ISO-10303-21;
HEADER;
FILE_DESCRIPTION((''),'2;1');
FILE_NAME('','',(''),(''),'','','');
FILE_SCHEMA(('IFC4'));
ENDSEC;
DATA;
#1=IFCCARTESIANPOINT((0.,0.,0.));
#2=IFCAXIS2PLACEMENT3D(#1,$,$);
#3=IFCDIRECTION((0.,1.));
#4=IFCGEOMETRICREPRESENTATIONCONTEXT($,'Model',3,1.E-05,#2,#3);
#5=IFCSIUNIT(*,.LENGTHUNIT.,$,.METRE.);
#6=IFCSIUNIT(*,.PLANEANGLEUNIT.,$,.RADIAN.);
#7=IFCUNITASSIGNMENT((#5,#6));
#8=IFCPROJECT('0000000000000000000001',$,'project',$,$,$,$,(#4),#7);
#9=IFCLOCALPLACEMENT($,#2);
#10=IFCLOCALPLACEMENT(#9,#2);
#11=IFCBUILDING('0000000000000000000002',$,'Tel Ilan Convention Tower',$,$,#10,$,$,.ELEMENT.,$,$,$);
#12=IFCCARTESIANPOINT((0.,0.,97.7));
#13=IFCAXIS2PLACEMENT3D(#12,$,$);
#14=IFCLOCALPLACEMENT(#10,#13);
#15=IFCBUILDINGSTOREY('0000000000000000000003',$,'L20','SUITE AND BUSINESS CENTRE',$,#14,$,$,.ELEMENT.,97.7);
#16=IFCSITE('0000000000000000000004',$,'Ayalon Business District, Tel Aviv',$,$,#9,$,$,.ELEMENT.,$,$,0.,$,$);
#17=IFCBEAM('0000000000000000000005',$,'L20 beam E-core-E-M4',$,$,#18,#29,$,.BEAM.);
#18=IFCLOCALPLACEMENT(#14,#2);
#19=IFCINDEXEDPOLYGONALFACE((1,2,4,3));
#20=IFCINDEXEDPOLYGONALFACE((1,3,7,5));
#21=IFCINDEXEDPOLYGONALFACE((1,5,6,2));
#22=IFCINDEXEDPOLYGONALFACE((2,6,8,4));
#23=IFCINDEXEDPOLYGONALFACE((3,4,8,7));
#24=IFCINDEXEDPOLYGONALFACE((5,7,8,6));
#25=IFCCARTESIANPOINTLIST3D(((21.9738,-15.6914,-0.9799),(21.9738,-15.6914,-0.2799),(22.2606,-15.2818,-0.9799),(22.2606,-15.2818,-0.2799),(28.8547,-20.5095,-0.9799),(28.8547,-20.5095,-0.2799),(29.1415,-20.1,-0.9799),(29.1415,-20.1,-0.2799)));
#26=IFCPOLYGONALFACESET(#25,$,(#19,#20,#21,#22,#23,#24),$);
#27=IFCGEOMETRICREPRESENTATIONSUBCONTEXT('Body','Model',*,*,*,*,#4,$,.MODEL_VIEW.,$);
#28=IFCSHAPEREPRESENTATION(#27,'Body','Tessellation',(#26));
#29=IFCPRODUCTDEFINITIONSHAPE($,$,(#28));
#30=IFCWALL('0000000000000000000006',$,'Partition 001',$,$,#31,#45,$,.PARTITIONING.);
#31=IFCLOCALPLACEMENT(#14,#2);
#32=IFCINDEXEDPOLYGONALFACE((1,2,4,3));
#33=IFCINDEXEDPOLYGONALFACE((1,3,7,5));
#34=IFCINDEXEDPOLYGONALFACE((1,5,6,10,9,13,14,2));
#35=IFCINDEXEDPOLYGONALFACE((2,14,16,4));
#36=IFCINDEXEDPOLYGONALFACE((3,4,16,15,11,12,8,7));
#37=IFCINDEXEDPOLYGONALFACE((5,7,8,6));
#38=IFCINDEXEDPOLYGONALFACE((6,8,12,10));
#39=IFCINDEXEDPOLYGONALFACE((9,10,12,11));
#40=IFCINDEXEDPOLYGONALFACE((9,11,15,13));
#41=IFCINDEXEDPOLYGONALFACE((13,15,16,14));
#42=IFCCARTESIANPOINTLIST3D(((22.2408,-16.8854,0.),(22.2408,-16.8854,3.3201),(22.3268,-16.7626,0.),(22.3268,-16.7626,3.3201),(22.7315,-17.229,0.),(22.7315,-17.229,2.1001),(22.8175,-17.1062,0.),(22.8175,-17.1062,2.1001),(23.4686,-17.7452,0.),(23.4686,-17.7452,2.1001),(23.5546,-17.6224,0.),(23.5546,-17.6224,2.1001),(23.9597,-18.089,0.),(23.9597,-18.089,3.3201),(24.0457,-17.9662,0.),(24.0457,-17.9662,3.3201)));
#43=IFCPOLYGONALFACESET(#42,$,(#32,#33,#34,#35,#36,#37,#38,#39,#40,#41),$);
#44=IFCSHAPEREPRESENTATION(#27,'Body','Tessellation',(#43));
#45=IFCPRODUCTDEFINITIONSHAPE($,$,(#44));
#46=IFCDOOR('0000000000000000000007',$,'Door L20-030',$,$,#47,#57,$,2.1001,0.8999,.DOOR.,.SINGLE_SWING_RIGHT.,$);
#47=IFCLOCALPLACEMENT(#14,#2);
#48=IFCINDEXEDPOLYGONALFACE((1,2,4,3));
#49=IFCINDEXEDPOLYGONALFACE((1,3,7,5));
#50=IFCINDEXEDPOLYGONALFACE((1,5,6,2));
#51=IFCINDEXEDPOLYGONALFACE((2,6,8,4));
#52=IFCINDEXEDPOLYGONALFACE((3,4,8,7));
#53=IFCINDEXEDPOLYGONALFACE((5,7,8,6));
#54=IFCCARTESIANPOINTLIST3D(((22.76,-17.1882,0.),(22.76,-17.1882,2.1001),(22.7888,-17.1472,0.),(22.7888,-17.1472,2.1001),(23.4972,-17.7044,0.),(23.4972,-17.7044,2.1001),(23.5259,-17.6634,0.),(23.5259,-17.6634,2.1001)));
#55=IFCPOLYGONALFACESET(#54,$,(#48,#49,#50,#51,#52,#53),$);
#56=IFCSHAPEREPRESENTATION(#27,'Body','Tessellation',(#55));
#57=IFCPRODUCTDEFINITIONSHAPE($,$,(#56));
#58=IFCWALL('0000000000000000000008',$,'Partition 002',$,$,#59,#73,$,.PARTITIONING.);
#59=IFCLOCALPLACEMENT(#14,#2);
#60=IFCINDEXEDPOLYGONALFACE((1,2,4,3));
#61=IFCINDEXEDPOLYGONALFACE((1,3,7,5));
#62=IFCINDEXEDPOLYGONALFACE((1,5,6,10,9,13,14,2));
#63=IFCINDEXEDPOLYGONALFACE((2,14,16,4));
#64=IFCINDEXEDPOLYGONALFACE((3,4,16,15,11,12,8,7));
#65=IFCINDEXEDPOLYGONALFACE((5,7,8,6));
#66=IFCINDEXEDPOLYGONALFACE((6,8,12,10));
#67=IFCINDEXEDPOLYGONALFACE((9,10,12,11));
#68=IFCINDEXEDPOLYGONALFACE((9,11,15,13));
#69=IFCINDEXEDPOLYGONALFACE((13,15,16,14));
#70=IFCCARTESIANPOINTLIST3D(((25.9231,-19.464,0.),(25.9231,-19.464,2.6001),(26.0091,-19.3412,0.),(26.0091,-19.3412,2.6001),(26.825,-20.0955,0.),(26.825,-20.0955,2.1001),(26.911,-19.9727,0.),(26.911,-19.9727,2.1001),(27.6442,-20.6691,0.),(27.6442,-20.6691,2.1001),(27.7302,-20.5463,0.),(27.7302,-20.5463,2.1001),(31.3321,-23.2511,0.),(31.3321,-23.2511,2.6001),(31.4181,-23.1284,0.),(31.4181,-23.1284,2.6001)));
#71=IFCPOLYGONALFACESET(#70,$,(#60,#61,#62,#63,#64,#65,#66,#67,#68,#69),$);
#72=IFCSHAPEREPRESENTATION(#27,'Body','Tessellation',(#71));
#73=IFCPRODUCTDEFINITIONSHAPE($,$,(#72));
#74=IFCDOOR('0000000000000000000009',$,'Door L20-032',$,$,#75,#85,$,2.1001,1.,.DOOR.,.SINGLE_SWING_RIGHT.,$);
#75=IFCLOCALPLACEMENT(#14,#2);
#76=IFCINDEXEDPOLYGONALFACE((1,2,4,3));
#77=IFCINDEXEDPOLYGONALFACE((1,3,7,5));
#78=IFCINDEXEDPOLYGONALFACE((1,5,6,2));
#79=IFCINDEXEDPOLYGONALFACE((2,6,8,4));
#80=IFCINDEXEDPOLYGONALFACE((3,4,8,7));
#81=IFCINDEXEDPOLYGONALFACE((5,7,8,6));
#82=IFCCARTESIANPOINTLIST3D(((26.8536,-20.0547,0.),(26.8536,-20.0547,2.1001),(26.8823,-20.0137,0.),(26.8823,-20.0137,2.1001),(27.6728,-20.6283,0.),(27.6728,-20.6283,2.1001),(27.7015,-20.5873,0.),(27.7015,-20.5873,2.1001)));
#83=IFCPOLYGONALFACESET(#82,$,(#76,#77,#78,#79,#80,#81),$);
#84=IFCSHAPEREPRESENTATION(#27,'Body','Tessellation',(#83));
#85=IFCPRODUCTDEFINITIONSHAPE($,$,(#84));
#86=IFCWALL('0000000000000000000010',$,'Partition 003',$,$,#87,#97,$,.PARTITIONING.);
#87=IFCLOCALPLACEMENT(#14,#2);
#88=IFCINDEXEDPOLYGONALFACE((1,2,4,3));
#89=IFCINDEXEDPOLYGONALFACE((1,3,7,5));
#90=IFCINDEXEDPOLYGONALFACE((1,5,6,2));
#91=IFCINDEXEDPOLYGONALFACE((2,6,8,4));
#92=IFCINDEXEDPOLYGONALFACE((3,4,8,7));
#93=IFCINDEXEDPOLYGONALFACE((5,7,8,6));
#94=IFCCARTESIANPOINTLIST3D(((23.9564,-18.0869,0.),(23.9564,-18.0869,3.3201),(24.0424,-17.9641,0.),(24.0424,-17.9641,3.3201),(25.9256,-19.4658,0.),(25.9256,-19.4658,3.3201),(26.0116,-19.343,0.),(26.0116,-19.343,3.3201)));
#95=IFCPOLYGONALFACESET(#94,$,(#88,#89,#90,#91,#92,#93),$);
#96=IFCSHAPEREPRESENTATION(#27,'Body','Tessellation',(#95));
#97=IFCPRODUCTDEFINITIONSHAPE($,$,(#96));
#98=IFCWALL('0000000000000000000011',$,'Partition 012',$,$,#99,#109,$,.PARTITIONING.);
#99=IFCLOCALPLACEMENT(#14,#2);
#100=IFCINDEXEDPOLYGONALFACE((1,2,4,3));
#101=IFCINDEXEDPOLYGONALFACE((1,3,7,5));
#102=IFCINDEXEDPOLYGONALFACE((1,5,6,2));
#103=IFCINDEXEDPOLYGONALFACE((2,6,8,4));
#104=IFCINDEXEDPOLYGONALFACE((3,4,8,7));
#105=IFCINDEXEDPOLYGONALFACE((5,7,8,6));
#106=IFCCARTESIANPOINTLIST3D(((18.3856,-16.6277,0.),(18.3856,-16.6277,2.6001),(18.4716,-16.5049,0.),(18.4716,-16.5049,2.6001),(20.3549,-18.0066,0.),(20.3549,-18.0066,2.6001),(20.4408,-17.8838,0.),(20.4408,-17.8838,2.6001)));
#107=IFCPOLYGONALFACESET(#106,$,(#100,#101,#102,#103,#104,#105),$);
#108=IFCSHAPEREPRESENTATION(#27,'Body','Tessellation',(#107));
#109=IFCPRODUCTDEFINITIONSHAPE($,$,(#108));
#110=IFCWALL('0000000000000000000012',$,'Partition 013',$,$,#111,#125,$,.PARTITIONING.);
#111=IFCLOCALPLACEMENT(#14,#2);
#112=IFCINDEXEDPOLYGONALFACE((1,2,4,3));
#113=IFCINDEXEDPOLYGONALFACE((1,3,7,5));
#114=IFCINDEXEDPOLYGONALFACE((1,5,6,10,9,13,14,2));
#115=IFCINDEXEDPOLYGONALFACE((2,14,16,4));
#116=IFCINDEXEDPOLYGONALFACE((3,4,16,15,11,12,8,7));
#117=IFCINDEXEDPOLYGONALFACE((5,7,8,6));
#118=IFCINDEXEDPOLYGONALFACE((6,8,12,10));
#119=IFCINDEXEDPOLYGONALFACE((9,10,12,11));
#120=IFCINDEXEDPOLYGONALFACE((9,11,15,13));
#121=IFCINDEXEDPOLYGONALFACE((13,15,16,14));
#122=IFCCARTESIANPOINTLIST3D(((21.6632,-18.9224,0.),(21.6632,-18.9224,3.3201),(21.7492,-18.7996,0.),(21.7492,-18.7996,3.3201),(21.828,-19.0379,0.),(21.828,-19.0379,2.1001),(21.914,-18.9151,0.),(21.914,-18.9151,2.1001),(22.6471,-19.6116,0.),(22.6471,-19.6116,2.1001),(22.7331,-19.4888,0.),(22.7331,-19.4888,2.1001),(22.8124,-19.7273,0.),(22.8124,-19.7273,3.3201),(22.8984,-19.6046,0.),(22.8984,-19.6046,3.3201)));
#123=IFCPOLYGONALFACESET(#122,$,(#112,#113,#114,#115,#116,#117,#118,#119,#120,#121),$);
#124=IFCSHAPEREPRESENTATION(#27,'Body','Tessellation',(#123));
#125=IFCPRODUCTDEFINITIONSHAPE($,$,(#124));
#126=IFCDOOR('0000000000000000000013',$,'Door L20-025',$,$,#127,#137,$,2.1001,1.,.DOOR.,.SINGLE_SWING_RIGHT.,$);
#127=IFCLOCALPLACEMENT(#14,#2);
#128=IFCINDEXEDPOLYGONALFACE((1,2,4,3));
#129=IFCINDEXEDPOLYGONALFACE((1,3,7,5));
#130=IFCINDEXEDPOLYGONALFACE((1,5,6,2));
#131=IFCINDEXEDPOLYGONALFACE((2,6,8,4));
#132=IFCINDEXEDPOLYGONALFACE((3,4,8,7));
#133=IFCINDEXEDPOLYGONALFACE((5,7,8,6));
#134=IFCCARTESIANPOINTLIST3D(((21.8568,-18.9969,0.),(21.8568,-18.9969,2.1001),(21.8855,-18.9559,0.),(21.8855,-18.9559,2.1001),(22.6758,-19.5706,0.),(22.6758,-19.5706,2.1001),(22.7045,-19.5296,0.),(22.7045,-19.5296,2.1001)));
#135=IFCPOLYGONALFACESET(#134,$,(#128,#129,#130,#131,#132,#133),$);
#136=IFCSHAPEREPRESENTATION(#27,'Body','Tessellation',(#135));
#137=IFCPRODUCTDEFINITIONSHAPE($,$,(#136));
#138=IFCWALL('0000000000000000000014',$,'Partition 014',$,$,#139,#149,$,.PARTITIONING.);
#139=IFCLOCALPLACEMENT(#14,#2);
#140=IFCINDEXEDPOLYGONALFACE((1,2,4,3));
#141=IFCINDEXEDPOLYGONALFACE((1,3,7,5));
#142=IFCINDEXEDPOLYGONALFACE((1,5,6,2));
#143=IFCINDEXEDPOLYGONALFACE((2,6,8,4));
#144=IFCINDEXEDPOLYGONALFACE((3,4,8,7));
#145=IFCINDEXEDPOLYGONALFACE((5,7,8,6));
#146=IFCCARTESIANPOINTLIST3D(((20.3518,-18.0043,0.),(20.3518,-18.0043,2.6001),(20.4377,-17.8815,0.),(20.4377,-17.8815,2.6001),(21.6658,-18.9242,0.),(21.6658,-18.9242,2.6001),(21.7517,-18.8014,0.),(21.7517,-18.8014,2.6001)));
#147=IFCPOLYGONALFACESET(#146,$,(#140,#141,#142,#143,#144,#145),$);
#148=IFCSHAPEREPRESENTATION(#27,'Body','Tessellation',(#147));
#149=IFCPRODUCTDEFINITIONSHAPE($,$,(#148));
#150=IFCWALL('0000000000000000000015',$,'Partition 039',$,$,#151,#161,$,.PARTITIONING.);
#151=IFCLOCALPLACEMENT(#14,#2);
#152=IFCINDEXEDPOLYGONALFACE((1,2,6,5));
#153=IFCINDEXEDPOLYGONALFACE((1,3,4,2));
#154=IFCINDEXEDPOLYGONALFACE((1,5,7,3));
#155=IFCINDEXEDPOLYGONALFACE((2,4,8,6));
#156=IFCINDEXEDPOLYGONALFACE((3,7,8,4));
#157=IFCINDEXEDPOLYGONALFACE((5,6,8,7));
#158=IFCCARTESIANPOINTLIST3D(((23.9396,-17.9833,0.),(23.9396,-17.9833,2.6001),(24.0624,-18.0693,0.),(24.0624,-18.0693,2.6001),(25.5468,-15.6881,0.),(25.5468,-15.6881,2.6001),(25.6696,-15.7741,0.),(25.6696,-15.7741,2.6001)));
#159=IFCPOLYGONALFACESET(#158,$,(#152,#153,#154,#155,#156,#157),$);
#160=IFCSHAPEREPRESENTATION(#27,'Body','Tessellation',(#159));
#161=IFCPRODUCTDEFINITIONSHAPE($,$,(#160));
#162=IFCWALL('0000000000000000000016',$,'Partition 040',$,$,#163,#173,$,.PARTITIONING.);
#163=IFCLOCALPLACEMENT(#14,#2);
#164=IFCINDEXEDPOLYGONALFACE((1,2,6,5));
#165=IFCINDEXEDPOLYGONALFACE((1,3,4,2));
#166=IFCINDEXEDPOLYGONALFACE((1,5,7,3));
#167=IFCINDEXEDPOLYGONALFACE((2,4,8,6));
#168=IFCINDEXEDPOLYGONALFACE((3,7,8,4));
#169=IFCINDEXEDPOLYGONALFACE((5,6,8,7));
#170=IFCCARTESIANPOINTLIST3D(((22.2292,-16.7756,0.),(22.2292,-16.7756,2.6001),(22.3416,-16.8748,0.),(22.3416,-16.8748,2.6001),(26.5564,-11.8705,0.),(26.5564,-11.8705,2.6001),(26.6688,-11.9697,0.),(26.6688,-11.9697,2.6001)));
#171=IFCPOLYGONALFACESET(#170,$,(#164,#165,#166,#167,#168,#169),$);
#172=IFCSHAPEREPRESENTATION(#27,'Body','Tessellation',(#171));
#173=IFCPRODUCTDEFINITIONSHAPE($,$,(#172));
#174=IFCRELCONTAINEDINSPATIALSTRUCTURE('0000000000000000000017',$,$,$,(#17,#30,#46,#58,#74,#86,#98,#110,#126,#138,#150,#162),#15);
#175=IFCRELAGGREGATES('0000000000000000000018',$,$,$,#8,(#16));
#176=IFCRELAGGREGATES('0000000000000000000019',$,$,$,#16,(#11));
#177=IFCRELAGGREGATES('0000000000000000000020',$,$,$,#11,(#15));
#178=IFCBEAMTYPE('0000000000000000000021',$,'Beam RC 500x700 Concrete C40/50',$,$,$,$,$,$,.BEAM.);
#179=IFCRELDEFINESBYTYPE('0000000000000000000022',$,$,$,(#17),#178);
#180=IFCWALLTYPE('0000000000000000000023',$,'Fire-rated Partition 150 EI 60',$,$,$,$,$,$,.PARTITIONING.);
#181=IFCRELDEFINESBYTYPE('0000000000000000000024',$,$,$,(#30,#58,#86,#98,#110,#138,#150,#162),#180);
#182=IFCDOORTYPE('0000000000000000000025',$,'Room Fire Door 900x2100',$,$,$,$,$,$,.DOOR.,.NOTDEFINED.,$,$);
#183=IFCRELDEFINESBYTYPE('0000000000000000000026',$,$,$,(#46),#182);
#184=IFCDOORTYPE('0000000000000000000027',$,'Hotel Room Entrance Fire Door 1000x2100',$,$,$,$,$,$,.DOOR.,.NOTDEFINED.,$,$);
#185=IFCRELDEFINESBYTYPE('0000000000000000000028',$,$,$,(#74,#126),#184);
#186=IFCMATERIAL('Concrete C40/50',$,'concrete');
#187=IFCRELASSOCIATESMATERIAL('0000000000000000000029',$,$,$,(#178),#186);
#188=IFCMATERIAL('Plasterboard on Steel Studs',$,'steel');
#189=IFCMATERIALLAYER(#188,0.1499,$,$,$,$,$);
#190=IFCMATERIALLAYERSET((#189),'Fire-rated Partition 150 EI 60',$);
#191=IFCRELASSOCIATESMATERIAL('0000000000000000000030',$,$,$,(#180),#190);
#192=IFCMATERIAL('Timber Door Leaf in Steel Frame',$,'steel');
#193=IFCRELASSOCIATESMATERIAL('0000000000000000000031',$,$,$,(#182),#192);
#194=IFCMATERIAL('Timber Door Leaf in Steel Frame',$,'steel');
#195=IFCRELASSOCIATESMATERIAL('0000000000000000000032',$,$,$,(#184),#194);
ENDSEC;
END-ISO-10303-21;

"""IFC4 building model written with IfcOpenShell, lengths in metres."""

from ifc_helpers import new_model, si_unit, direction, frame, frame_2d, origin, origin_2d, place, context, subcontext, project, spatial, rectangle, extrude, material, layer, layer_set, material_profile, profile_set, type_object, element, fill, save


model = new_model("IFC4")

# Units and contexts
model_context = context("Model", 3, precision=1e-05, world=origin(), true_north=direction((0.0, 1.0)))
body_context = subcontext(model_context, "Body", "Model", "MODEL_VIEW")
ifc_project = project(units=[si_unit("LENGTHUNIT", "METRE"), si_unit("PLANEANGLEUNIT", "RADIAN")], contexts=[model_context])

# Site, building, storey
site_placement = place(None, origin())
site = spatial("IfcSite", under=ifc_project, at=site_placement, Name="Ayalon Business District, Tel Aviv", CompositionType="ELEMENT", RefElevation=0.0)
building_placement = place(site_placement, origin())
building = spatial("IfcBuilding", under=site, at=building_placement, Name="Tel Ilan Convention Tower", CompositionType="ELEMENT")
storey_placement = place(building_placement, frame((0.0, 0.0, 97.7)))
storey = spatial("IfcBuildingStorey", under=building, at=storey_placement, Name="L20", Description="SUITE AND BUSINESS CENTRE", CompositionType="ELEMENT", Elevation=97.7)

# Beam
ifc_material_1 = material(Name="Concrete C40/50", Category="concrete")
ifc_material_profile = material_profile(ifc_material_1, rectangle(XDim=0.5, YDim=0.7, at=origin_2d()), Name="RC 500x700")
ifc_profile_set = profile_set([ifc_material_profile], Name="Concrete C40/50")
beam_type = type_object("IfcBeamType", Name="Beam RC 500x700 Concrete C40/50", PredefinedType="BEAM", material=ifc_profile_set)
beam_placement = place(storey_placement, frame((22.1172, -15.4866, -0.6299), z_axis=(0.819147, -0.573583, 0.0), x_axis=(0.573583, 0.819147, 0.0)))
element("IfcBeam", 1, at=beam_placement, inside=storey, type_object=beam_type, Name="L20 beam E-core-E-M4", PredefinedType="BEAM", context=body_context, shape_type="SweptSolid", body=[
    extrude(rectangle(XDim=0.5, YDim=0.7, at=origin_2d()), origin(), (0.0, 0.0, 1.0), 8.4001),
])

# Walls, openings, doors
ifc_material_2 = material(Name="Plasterboard on Steel Studs", Category="steel")
ifc_layer_1 = layer(ifc_material_2, 0.1499)
ifc_layer_set_1 = layer_set([ifc_layer_1], Name="Fire-rated Partition 150 EI 60")
wall_type_1 = type_object("IfcWallType", Name="Fire-rated Partition 150 EI 60", PredefinedType="PARTITIONING", material=ifc_layer_set_1)
wall_1_placement = place(storey_placement, frame((22.2837, -16.824, 0.0), z_axis=(0.0, 0.0, 1.0), x_axis=(0.819161, -0.573564, 0.0)))
wall_1 = element("IfcWall", 2, at=wall_1_placement, inside=storey, type_object=wall_type_1, Name="Partition 001", PredefinedType="PARTITIONING", context=body_context, shape_type="SweptSolid", body=[
    extrude(rectangle(XDim=2.0984, YDim=0.1499, at=frame_2d((1.0493, 0.0))), origin(), (0.0, 0.0, 1.0), 3.3201),
])
opening_1_placement = place(wall_1_placement, frame((0.5991, 0.0, 0.0)))
opening_1 = element("IfcOpeningElement", 3, at=opening_1_placement, cuts=wall_1, PredefinedType="OPENING", context=body_context, shape_type="SweptSolid", body=[
    extrude(rectangle(XDim=0.8999, YDim=2.1001, at=frame_2d((0.45, 1.05))), frame((0.0, 0.085, 0.0), z_axis=(0.0, -1.0, 0.0), x_axis=(1.0, 0.0, 0.0)), (0.0, 0.0, 1.0), 0.1699),
])
ifc_material_3 = material(Name="Timber Door Leaf in Steel Frame", Category="steel")
door_type_1 = type_object("IfcDoorType", Name="Room Fire Door 900x2100", OperationType="NOTDEFINED", PredefinedType="DOOR", material=ifc_material_3)
door_1_placement = place(opening_1_placement, origin())
door_1 = element("IfcDoor", 4, at=door_1_placement, inside=storey, type_object=door_type_1, Name="Door L20-030", OperationType="SINGLE_SWING_RIGHT", OverallHeight=2.1001, OverallWidth=0.8999, PredefinedType="DOOR", context=body_context, shape_type="SweptSolid", body=[
    extrude(rectangle(XDim=0.8999, YDim=2.1001, at=frame_2d((0.45, 1.05))), frame((0.0, 0.0249, 0.0), z_axis=(0.0, -1.0, 0.0), x_axis=(1.0, 0.0, 0.0)), (0.0, 0.0, 1.0), 0.05),
])
fill(opening_1, door_1)
wall_2_placement = place(storey_placement, frame((25.9661, -19.4026, 0.0), z_axis=(0.0, 0.0, 1.0), x_axis=(0.819171, -0.573549, 0.0)))
wall_2 = element("IfcWall", 5, at=wall_2_placement, inside=storey, type_object=wall_type_1, Name="Partition 002", PredefinedType="PARTITIONING", context=body_context, shape_type="SweptSolid", body=[
    extrude(rectangle(XDim=6.603, YDim=0.1499, at=frame_2d((3.3015, 0.0))), origin(), (0.0, 0.0, 1.0), 2.6001),
])
opening_2_placement = place(wall_2_placement, frame((1.1011, 0.0, 0.0)))
opening_2 = element("IfcOpeningElement", 6, at=opening_2_placement, cuts=wall_2, PredefinedType="OPENING", context=body_context, shape_type="SweptSolid", body=[
    extrude(rectangle(XDim=1.0, YDim=2.1001, at=frame_2d((0.5, 1.05))), frame((0.0, 0.085, 0.0), z_axis=(0.0, -1.0, 0.0), x_axis=(1.0, 0.0, 0.0)), (0.0, 0.0, 1.0), 0.1699),
])
ifc_material_4 = material(Name="Timber Door Leaf in Steel Frame", Category="steel")
door_type_2 = type_object("IfcDoorType", Name="Hotel Room Entrance Fire Door 1000x2100", OperationType="NOTDEFINED", PredefinedType="DOOR", material=ifc_material_4)
door_2_placement = place(opening_2_placement, origin())
door_2 = element("IfcDoor", 7, at=door_2_placement, inside=storey, type_object=door_type_2, Name="Door L20-032", OperationType="SINGLE_SWING_RIGHT", OverallHeight=2.1001, OverallWidth=1.0, PredefinedType="DOOR", context=body_context, shape_type="SweptSolid", body=[
    extrude(rectangle(XDim=1.0, YDim=2.1001, at=frame_2d((0.5, 1.05))), frame((0.0, 0.0249, 0.0), z_axis=(0.0, -1.0, 0.0), x_axis=(1.0, 0.0, 0.0)), (0.0, 0.0, 1.0), 0.05),
])
fill(opening_2, door_2)

# Walls
wall_3_placement = place(storey_placement, frame((23.9993, -18.0254, 0.0), z_axis=(0.0, 0.0, 1.0), x_axis=(0.819146, -0.573585, 0.0)))
element("IfcWall", 8, at=wall_3_placement, inside=storey, type_object=wall_type_1, Name="Partition 003", PredefinedType="PARTITIONING", context=body_context, shape_type="SweptSolid", body=[
    extrude(rectangle(XDim=2.4041, YDim=0.1499, at=frame_2d((1.2021, 0.0))), origin(), (0.0, 0.0, 1.0), 3.3201),
])
wall_4_placement = place(storey_placement, frame((20.3979, -17.9453, 0.0), z_axis=(0.0, 0.0, 1.0), x_axis=(-0.819146, 0.573585, 0.0)))
element("IfcWall", 9, at=wall_4_placement, inside=storey, type_object=wall_type_1, Name="Partition 012", PredefinedType="PARTITIONING", context=body_context, shape_type="SweptSolid", body=[
    extrude(rectangle(XDim=2.4041, YDim=0.1499, at=frame_2d((1.2021, 0.0))), origin(), (0.0, 0.0, 1.0), 2.6001),
])

# Wall, opening, door
wall_5_placement = place(storey_placement, frame((22.8555, -19.666, 0.0), z_axis=(0.0, 0.0, 1.0), x_axis=(-0.81906, 0.573708, 0.0)))
wall_5 = element("IfcWall", 10, at=wall_5_placement, inside=storey, type_object=wall_type_1, Name="Partition 013", PredefinedType="PARTITIONING", context=body_context, shape_type="SweptSolid", body=[
    extrude(rectangle(XDim=1.4031, YDim=0.1499, at=frame_2d((0.7017, 0.0))), origin(), (0.0, 0.0, 1.0), 3.3201),
])
opening_3_placement = place(wall_5_placement, frame((0.2019, 0.0, 0.0)))
opening_3 = element("IfcOpeningElement", 11, at=opening_3_placement, cuts=wall_5, PredefinedType="OPENING", context=body_context, shape_type="SweptSolid", body=[
    extrude(rectangle(XDim=1.0, YDim=2.1001, at=frame_2d((0.5, 1.05))), frame((0.0, 0.085, 0.0), z_axis=(0.0, -1.0, 0.0), x_axis=(1.0, 0.0, 0.0)), (0.0, 0.0, 1.0), 0.1699),
])
door_3_placement = place(opening_3_placement, origin())
door_3 = element("IfcDoor", 12, at=door_3_placement, inside=storey, type_object=door_type_2, Name="Door L20-025", OperationType="SINGLE_SWING_RIGHT", OverallHeight=2.1001, OverallWidth=1.0, PredefinedType="DOOR", context=body_context, shape_type="SweptSolid", body=[
    extrude(rectangle(XDim=1.0, YDim=2.1001, at=frame_2d((0.5, 1.05))), frame((0.0, 0.0249, 0.0), z_axis=(0.0, -1.0, 0.0), x_axis=(1.0, 0.0, 0.0)), (0.0, 0.0, 1.0), 0.05),
])
fill(opening_3, door_3)

# Walls
wall_6_placement = place(storey_placement, frame((21.7087, -18.8628, 0.0), z_axis=(0.0, 0.0, 1.0), x_axis=(-0.819189, 0.573524, 0.0)))
element("IfcWall", 13, at=wall_6_placement, inside=storey, type_object=wall_type_1, Name="Partition 014", PredefinedType="PARTITIONING", context=body_context, shape_type="SweptSolid", body=[
    extrude(rectangle(XDim=1.604, YDim=0.1499, at=frame_2d((0.802, 0.0))), origin(), (0.0, 0.0, 1.0), 2.6001),
])
wall_7_placement = place(storey_placement, frame((25.6082, -15.7312, 0.0), z_axis=(0.0, 0.0, 1.0), x_axis=(-0.573597, -0.819138, 0.0)))
element("IfcWall", 14, at=wall_7_placement, inside=storey, type_object=wall_type_1, Name="Partition 039", PredefinedType="PARTITIONING", context=body_context, shape_type="SweptSolid", body=[
    extrude(rectangle(XDim=2.802, YDim=0.1499, at=frame_2d((1.4009, 0.0))), origin(), (0.0, 0.0, 1.0), 2.6001),
])
wall_8_placement = place(storey_placement, frame((22.2854, -16.8252, 0.0), z_axis=(0.0, 0.0, 1.0), x_axis=(0.661551, 0.7499, 0.0)))
element("IfcWall", 15, at=wall_8_placement, inside=storey, type_object=wall_type_1, Name="Partition 040", PredefinedType="PARTITIONING", context=body_context, shape_type="SweptSolid", body=[
    extrude(rectangle(XDim=6.541, YDim=0.1499, at=frame_2d((3.2705, 0.0))), origin(), (0.0, 0.0, 1.0), 2.6001),
])

save(model, "model.ifc")
